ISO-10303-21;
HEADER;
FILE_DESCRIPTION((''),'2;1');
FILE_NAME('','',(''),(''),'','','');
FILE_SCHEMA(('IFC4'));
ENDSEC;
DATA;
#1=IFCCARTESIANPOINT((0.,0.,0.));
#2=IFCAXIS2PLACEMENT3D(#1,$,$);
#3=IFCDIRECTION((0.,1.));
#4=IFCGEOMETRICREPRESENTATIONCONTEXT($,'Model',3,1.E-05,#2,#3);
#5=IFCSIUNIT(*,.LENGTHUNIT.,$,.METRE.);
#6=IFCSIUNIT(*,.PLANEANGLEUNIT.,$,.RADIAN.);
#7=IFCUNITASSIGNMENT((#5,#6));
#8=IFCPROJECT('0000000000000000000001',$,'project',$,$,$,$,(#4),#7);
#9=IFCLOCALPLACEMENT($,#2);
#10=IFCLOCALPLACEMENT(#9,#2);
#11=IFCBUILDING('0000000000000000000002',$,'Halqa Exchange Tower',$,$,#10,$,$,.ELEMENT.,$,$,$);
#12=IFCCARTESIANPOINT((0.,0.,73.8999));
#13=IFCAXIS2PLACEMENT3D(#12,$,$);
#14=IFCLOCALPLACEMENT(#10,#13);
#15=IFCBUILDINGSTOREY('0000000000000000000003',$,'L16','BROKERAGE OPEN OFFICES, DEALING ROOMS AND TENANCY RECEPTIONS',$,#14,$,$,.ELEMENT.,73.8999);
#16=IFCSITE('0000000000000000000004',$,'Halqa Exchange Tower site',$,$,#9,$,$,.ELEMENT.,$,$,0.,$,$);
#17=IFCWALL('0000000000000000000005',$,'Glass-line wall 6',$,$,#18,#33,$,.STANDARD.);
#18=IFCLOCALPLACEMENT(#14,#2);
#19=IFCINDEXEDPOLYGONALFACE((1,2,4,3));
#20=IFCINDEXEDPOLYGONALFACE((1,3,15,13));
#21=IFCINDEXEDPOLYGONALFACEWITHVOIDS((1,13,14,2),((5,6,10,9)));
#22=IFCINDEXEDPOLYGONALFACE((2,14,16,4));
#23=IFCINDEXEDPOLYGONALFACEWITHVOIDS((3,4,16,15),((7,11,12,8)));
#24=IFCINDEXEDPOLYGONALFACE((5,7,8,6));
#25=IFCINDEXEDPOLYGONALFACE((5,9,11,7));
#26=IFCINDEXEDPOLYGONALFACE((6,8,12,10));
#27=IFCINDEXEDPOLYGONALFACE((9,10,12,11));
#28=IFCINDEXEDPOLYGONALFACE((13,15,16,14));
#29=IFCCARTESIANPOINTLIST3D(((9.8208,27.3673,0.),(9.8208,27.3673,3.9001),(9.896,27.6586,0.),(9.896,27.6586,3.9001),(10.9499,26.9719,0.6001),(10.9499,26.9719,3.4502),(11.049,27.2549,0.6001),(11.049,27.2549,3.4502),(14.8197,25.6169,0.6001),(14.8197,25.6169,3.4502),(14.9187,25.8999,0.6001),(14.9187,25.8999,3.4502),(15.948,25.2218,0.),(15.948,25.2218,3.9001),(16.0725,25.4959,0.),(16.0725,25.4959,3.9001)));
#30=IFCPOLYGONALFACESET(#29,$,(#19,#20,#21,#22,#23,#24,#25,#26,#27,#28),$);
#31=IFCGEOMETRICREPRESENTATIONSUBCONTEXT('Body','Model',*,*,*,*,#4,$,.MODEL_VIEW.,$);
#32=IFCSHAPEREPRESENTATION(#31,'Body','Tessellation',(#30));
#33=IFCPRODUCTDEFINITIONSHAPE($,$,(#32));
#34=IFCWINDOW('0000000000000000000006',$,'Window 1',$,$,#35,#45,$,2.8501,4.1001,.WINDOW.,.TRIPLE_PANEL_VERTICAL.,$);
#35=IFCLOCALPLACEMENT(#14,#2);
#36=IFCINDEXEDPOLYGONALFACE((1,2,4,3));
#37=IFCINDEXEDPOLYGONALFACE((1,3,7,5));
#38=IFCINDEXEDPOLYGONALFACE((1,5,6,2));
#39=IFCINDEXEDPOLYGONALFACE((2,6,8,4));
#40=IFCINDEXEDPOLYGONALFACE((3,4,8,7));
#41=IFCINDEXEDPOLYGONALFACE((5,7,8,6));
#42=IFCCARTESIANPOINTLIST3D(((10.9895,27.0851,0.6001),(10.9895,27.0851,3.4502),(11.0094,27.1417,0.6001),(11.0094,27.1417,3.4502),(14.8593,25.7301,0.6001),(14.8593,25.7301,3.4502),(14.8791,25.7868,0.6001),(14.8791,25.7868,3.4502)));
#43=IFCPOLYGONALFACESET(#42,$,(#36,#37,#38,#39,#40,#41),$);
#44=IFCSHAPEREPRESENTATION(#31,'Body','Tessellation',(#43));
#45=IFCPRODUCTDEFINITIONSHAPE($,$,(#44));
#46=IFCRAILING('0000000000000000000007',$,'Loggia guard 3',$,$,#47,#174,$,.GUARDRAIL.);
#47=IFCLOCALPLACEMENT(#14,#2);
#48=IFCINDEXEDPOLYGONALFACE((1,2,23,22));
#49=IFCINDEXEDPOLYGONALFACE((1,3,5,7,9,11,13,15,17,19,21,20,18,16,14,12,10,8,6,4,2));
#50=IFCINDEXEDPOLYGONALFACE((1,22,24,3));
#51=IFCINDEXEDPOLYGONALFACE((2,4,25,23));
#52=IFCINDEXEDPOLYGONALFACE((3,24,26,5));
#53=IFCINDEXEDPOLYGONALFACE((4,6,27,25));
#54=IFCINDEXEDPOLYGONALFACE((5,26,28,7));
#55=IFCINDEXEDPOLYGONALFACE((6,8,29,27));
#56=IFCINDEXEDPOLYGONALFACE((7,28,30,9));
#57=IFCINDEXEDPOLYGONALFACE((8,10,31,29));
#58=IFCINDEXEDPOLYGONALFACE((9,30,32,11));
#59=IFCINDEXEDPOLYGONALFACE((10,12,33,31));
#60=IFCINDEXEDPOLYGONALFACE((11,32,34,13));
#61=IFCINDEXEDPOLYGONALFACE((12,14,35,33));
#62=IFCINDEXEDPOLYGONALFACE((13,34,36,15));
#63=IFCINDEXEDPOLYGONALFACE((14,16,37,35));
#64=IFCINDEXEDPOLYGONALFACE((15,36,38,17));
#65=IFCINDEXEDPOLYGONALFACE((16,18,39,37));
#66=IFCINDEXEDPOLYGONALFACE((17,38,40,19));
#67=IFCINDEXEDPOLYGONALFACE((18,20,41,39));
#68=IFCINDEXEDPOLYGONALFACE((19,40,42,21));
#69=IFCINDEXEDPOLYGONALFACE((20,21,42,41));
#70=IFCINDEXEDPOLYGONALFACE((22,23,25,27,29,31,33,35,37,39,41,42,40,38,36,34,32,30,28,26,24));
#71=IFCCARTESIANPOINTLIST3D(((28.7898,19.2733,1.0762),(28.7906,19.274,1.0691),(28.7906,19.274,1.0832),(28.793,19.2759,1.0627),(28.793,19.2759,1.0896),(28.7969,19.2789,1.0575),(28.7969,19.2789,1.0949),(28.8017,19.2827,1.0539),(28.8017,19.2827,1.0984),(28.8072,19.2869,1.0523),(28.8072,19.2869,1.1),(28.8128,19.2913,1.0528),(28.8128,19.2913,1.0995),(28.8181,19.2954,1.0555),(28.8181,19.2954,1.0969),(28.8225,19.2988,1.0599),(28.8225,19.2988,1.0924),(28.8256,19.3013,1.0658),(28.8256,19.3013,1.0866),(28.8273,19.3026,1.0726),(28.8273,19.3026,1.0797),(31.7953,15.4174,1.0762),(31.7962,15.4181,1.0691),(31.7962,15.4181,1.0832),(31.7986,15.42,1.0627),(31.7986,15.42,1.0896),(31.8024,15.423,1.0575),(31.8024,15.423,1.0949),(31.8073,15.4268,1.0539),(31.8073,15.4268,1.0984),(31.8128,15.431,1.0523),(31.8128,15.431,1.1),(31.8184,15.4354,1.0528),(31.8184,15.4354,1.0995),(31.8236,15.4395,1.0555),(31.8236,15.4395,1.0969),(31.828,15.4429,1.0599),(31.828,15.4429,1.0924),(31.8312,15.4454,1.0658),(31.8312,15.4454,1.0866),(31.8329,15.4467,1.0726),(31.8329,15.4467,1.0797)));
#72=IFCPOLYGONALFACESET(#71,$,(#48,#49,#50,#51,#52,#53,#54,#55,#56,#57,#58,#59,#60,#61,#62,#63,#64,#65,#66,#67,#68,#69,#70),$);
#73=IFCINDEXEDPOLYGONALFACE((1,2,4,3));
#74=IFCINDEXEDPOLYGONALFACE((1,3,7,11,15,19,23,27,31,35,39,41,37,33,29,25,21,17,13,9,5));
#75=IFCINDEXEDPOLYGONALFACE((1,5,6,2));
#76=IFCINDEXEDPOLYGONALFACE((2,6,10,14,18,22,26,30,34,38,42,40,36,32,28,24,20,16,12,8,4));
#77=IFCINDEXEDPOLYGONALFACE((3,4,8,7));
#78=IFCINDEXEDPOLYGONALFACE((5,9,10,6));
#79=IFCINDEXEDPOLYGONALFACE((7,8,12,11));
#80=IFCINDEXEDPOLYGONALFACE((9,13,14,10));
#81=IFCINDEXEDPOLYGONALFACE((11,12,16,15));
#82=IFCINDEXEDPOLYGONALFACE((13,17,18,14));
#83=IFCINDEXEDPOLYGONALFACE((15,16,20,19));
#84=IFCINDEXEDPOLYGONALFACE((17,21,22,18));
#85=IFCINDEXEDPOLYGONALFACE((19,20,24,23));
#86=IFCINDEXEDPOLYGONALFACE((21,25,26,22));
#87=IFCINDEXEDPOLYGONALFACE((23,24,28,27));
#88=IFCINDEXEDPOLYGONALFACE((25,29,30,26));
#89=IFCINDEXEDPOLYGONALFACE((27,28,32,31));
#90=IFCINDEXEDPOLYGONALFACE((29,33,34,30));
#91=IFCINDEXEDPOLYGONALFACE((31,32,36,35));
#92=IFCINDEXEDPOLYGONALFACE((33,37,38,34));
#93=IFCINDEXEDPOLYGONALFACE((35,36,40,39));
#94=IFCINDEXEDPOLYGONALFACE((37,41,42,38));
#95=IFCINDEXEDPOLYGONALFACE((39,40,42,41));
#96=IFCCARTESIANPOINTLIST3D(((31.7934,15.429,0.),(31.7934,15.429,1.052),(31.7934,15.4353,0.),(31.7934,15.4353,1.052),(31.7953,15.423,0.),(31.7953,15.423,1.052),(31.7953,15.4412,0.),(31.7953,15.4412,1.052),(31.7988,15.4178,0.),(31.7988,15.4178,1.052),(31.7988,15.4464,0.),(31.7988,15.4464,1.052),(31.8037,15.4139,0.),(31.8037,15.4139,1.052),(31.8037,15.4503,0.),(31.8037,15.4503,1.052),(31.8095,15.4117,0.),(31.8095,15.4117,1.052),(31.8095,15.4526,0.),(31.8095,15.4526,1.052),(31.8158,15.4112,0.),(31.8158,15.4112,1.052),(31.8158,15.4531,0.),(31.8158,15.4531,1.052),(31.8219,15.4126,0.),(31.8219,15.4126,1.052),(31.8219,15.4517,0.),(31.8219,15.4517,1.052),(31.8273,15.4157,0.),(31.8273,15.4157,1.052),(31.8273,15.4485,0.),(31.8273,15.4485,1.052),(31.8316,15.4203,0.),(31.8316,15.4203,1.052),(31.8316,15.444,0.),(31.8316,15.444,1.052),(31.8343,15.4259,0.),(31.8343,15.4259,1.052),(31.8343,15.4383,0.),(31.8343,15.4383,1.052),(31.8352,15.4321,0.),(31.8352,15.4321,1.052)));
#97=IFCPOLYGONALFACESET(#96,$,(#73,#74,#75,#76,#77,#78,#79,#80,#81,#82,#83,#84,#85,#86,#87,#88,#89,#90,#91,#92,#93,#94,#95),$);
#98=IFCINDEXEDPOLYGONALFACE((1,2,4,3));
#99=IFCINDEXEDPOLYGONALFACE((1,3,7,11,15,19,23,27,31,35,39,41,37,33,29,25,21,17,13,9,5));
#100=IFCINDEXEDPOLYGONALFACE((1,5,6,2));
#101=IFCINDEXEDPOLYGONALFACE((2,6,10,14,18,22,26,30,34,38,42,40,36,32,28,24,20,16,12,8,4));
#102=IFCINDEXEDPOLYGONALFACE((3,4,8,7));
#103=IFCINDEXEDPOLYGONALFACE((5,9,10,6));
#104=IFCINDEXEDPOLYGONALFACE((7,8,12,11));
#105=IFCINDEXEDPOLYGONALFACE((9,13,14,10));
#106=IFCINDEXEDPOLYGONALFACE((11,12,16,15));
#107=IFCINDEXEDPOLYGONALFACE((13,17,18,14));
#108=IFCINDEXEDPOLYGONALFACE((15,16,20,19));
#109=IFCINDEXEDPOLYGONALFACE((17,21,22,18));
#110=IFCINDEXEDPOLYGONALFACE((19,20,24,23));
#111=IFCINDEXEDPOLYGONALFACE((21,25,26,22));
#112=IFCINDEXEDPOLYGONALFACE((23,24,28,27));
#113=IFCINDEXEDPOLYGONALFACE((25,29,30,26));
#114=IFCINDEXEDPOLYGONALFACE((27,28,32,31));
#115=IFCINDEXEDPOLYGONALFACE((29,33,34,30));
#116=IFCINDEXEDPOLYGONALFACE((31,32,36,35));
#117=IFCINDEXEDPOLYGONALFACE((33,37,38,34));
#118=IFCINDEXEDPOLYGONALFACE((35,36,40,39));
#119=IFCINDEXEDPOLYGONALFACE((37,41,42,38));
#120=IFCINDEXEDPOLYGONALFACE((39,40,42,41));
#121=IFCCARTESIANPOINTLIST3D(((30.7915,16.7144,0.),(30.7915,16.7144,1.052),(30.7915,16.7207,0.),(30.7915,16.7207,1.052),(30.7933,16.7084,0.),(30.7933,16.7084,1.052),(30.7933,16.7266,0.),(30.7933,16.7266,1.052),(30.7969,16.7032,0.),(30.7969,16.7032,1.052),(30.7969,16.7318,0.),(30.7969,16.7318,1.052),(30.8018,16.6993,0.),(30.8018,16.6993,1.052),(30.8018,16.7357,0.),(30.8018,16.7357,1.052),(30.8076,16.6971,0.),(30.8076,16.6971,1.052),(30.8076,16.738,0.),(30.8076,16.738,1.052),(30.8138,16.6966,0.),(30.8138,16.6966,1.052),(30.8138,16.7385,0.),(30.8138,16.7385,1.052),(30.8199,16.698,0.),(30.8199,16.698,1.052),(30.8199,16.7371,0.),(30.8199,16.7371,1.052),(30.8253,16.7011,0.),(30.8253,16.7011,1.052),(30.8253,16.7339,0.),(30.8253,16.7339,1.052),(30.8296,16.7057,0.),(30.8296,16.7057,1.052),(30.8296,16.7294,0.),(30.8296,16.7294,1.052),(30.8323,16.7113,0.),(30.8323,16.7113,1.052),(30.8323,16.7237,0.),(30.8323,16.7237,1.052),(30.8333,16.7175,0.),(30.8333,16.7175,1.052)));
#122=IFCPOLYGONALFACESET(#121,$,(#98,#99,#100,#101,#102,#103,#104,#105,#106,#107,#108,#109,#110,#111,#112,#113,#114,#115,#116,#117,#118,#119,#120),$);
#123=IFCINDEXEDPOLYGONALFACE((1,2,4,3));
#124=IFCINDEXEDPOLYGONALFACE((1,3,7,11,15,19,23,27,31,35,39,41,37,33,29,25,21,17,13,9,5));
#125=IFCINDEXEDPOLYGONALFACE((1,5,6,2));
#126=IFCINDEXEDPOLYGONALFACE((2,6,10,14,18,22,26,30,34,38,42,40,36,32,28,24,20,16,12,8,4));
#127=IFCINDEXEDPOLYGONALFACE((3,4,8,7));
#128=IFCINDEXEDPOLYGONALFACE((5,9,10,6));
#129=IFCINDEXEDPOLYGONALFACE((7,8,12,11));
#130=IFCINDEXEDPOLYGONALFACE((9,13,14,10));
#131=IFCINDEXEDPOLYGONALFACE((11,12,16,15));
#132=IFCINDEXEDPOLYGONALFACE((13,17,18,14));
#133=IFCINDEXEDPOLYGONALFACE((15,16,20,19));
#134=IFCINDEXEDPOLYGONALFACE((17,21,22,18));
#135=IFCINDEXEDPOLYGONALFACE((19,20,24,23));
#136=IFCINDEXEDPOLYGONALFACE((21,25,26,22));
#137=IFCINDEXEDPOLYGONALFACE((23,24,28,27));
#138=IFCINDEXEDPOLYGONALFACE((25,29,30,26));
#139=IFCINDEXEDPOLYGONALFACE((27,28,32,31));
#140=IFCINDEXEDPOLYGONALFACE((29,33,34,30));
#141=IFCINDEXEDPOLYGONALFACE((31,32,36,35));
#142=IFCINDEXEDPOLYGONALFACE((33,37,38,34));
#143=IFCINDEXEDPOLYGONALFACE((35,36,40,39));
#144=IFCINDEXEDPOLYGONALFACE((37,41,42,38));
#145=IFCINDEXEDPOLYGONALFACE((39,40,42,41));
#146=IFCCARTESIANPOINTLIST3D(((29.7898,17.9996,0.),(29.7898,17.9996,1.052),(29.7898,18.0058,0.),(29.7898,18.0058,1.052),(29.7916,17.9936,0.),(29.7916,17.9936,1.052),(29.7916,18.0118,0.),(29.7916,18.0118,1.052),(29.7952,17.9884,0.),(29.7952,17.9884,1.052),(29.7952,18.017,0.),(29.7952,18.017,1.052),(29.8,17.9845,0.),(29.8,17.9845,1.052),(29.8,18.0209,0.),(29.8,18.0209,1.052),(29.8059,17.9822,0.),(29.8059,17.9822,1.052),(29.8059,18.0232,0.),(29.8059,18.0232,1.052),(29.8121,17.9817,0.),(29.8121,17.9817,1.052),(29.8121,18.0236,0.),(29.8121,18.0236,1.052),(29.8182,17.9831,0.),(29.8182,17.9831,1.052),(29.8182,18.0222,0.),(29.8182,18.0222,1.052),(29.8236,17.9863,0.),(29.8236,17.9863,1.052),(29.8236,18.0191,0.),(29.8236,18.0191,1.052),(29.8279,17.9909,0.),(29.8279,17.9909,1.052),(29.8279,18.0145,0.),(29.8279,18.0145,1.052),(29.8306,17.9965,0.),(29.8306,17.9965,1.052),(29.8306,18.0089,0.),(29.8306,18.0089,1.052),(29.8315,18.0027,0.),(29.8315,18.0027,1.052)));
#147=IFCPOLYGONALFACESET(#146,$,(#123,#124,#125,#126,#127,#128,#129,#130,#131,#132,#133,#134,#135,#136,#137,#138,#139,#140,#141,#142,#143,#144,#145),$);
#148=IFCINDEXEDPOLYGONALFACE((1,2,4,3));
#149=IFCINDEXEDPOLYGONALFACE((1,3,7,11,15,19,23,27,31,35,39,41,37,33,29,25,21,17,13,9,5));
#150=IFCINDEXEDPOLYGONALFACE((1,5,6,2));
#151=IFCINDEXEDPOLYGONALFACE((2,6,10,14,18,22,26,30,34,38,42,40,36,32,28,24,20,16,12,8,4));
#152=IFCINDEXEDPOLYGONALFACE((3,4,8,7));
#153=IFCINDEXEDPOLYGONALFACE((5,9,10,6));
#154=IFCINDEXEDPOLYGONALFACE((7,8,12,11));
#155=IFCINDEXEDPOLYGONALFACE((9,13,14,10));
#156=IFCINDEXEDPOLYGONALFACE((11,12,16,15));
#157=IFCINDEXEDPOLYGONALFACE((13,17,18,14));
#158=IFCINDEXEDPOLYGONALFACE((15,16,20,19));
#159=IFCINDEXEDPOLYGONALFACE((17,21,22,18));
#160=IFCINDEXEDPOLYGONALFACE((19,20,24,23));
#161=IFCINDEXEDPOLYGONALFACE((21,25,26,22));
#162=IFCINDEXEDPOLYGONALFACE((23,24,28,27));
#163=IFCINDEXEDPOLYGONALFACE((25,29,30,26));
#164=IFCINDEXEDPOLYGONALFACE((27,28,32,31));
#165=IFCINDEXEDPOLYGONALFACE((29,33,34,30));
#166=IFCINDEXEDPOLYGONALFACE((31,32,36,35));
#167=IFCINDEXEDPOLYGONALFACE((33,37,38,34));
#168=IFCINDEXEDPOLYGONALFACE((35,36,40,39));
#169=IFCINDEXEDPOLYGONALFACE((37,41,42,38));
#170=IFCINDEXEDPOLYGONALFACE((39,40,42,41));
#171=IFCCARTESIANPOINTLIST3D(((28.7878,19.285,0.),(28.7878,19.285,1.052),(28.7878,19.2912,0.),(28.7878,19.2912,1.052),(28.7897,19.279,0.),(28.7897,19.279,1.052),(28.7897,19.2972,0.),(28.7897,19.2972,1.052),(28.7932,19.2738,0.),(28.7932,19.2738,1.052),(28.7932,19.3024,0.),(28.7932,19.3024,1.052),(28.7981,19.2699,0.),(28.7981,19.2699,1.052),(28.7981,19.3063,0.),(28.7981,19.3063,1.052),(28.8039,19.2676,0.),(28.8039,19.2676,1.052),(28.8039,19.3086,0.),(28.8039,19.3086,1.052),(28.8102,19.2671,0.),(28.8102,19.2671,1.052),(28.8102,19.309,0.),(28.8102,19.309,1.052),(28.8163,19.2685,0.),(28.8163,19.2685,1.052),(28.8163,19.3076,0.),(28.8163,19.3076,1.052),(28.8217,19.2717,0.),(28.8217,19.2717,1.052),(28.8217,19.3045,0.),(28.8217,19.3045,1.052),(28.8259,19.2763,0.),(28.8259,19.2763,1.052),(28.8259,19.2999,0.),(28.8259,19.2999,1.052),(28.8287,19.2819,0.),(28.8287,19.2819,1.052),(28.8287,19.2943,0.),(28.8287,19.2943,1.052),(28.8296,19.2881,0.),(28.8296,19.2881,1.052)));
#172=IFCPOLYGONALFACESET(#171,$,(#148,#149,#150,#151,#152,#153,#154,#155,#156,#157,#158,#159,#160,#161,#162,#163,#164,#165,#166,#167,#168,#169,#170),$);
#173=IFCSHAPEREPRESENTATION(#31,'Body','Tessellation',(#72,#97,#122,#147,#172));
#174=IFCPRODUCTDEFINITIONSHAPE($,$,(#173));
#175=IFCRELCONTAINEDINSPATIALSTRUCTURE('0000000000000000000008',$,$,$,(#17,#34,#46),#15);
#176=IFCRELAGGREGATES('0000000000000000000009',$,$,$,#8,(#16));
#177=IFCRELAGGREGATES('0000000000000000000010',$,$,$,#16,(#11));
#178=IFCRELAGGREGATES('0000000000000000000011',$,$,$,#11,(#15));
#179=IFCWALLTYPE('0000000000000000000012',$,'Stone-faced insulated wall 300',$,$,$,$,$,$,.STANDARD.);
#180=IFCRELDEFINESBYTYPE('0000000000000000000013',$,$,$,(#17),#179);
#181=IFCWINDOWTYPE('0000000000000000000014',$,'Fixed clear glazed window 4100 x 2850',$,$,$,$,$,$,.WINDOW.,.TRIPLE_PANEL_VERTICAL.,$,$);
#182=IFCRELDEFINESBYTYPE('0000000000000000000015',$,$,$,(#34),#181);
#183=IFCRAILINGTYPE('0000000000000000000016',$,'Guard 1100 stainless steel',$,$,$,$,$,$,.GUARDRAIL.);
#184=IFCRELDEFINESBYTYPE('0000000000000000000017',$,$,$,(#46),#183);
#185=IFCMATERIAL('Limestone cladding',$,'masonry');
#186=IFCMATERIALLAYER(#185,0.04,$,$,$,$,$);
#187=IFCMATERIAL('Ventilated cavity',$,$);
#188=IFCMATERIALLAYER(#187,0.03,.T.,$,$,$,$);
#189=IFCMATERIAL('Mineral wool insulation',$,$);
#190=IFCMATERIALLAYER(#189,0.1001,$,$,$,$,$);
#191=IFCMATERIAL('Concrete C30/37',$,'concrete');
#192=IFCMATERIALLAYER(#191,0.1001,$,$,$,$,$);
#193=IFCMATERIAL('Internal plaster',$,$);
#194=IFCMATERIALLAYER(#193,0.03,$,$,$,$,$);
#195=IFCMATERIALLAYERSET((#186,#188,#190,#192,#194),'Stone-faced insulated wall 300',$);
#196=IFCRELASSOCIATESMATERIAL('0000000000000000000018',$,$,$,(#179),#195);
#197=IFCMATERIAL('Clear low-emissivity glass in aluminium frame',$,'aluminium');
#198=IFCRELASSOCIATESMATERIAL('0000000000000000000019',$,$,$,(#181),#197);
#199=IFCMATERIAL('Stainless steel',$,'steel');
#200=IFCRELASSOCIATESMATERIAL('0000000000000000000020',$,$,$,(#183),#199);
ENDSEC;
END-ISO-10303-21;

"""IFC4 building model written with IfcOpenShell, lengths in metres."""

from ifc_helpers import new_model, si_unit, direction, frame, frame_2d, origin, origin_2d, place, context, subcontext, project, spatial, polyline, rectangle, circle, outline, extrude, material, layer, layer_set, type_object, element, fill, save


model = new_model("IFC4")

# Units and contexts
model_context = context("Model", 3, precision=1e-05, world=origin(), true_north=direction((0.0, 1.0)))
body_context = subcontext(model_context, "Body", "Model", "MODEL_VIEW")
ifc_project = project(units=[si_unit("LENGTHUNIT", "METRE"), si_unit("PLANEANGLEUNIT", "RADIAN")], contexts=[model_context])

# Site, building, storey
site_placement = place(None, origin())
site = spatial("IfcSite", under=ifc_project, at=site_placement, Name="Halqa Exchange Tower site", CompositionType="ELEMENT", RefElevation=0.0)
building_placement = place(site_placement, origin())
building = spatial("IfcBuilding", under=site, at=building_placement, Name="Halqa Exchange Tower", CompositionType="ELEMENT")
storey_placement = place(building_placement, frame((0.0, 0.0, 73.8999)))
storey = spatial("IfcBuildingStorey", under=building, at=storey_placement, Name="L16", Description="BROKERAGE OPEN OFFICES, DEALING ROOMS AND TENANCY RECEPTIONS", CompositionType="ELEMENT", Elevation=73.8999)

# Shared definitions
ifc_material_1 = material(Name="Limestone cladding", Category="masonry")
ifc_layer_1 = layer(ifc_material_1, 0.04)
ifc_material_2 = material(Name="Ventilated cavity")
ifc_layer_2 = layer(ifc_material_2, 0.03, ventilated=True)
ifc_material_3 = material(Name="Mineral wool insulation")
ifc_layer_3 = layer(ifc_material_3, 0.1001)
ifc_material_4 = material(Name="Concrete C30/37", Category="concrete")
ifc_layer_4 = layer(ifc_material_4, 0.1001)
ifc_material_5 = material(Name="Internal plaster")
ifc_layer_5 = layer(ifc_material_5, 0.03)
ifc_layer_set = layer_set([ifc_layer_1, ifc_layer_2, ifc_layer_3, ifc_layer_4, ifc_layer_5], Name="Stone-faced insulated wall 300")
wall_type = type_object("IfcWallType", Name="Stone-faced insulated wall 300", PredefinedType="STANDARD", material=ifc_layer_set)
ifc_material_6 = material(Name="Clear low-emissivity glass in aluminium frame", Category="aluminium")

# Wall, opening, window
window_type = type_object("IfcWindowType", Name="Fixed clear glazed window 4100 x 2850", PartitioningType="TRIPLE_PANEL_VERTICAL", PredefinedType="WINDOW", material=ifc_material_6)
wall_1_placement = place(storey_placement, frame((16.0103, 25.3589, 0.0), z_axis=(0.0, 0.0, 1.0), x_axis=(-0.943815, 0.330474, 0.0)))
wall_1 = element("IfcWall", 1, at=wall_1_placement, inside=storey, type_object=wall_type, Name="Glass-line wall 6", PredefinedType="STANDARD", context=body_context, shape_type="SweptSolid", body=[
    extrude(outline(polyline([(-0.0134, -0.1499), (6.5308, -0.1499), (6.5054, 0.1499), (0.0134, 0.1499), (-0.0134, -0.1499)])), origin(), (0.0, 0.0, 1.0), 3.9001),
])
opening_1_placement = place(wall_1_placement, frame((1.209, 0.0, 0.6001)))
opening_1 = element("IfcOpeningElement", 2, at=opening_1_placement, cuts=wall_1, PredefinedType="OPENING", context=body_context, shape_type="SweptSolid", body=[
    extrude(rectangle(XDim=4.1001, YDim=2.8501, at=frame_2d((2.05, 1.425))), frame((0.0, 0.1621, 0.0), z_axis=(0.0, -1.0, 0.0), x_axis=(1.0, 0.0, 0.0)), (0.0, 0.0, 1.0), 0.324),
])
window_1_placement = place(opening_1_placement, origin())
window_1 = element("IfcWindow", 3, at=window_1_placement, inside=storey, type_object=window_type, Name="Window 1", OverallHeight=2.8501, OverallWidth=4.1001, PartitioningType="TRIPLE_PANEL_VERTICAL", PredefinedType="WINDOW", context=body_context, shape_type="SweptSolid", body=[
    extrude(rectangle(XDim=4.1001, YDim=2.8501, at=frame_2d((2.05, 1.425))), frame((0.0, 0.03, 0.0), z_axis=(0.0, -1.0, 0.0), x_axis=(1.0, 0.0, 0.0)), (0.0, 0.0, 1.0), 0.0601),
])
fill(opening_1, window_1)

# Railing
ifc_material_7 = material(Name="Stainless steel", Category="steel")
railing_type = type_object("IfcRailingType", Name="Guard 1100 stainless steel", PredefinedType="GUARDRAIL", material=ifc_material_7)
railing_1_placement = place(storey_placement, frame((31.8142, 15.4321, 0.0)))
element("IfcRailing", 4, at=railing_1_placement, inside=storey, type_object=railing_type, Name="Loggia guard 3", PredefinedType="GUARDRAIL", context=body_context, shape_type="SweptSolid", body=[
    extrude(circle(Radius=0.0239, at=origin_2d()), frame((0.0, 0.0, 1.0762), z_axis=(-0.614773, 0.788704, 0.0), x_axis=(-0.788704, -0.614773, 0.0)), (0.0, 0.0, 1.0), 4.8889),
    extrude(circle(Radius=0.021, at=origin_2d()), origin(), (0.0, 0.0, 1.0), 1.052),
    extrude(circle(Radius=0.021, at=origin_2d()), frame((-1.002, 1.2854, 0.0)), (0.0, 0.0, 1.0), 1.052),
    extrude(circle(Radius=0.021, at=origin_2d()), frame((-2.0037, 2.5706, 0.0)), (0.0, 0.0, 1.0), 1.052),
    extrude(circle(Radius=0.021, at=origin_2d()), frame((-3.0056, 3.856, 0.0)), (0.0, 0.0, 1.0), 1.052),
])

save(model, "model.ifc")
